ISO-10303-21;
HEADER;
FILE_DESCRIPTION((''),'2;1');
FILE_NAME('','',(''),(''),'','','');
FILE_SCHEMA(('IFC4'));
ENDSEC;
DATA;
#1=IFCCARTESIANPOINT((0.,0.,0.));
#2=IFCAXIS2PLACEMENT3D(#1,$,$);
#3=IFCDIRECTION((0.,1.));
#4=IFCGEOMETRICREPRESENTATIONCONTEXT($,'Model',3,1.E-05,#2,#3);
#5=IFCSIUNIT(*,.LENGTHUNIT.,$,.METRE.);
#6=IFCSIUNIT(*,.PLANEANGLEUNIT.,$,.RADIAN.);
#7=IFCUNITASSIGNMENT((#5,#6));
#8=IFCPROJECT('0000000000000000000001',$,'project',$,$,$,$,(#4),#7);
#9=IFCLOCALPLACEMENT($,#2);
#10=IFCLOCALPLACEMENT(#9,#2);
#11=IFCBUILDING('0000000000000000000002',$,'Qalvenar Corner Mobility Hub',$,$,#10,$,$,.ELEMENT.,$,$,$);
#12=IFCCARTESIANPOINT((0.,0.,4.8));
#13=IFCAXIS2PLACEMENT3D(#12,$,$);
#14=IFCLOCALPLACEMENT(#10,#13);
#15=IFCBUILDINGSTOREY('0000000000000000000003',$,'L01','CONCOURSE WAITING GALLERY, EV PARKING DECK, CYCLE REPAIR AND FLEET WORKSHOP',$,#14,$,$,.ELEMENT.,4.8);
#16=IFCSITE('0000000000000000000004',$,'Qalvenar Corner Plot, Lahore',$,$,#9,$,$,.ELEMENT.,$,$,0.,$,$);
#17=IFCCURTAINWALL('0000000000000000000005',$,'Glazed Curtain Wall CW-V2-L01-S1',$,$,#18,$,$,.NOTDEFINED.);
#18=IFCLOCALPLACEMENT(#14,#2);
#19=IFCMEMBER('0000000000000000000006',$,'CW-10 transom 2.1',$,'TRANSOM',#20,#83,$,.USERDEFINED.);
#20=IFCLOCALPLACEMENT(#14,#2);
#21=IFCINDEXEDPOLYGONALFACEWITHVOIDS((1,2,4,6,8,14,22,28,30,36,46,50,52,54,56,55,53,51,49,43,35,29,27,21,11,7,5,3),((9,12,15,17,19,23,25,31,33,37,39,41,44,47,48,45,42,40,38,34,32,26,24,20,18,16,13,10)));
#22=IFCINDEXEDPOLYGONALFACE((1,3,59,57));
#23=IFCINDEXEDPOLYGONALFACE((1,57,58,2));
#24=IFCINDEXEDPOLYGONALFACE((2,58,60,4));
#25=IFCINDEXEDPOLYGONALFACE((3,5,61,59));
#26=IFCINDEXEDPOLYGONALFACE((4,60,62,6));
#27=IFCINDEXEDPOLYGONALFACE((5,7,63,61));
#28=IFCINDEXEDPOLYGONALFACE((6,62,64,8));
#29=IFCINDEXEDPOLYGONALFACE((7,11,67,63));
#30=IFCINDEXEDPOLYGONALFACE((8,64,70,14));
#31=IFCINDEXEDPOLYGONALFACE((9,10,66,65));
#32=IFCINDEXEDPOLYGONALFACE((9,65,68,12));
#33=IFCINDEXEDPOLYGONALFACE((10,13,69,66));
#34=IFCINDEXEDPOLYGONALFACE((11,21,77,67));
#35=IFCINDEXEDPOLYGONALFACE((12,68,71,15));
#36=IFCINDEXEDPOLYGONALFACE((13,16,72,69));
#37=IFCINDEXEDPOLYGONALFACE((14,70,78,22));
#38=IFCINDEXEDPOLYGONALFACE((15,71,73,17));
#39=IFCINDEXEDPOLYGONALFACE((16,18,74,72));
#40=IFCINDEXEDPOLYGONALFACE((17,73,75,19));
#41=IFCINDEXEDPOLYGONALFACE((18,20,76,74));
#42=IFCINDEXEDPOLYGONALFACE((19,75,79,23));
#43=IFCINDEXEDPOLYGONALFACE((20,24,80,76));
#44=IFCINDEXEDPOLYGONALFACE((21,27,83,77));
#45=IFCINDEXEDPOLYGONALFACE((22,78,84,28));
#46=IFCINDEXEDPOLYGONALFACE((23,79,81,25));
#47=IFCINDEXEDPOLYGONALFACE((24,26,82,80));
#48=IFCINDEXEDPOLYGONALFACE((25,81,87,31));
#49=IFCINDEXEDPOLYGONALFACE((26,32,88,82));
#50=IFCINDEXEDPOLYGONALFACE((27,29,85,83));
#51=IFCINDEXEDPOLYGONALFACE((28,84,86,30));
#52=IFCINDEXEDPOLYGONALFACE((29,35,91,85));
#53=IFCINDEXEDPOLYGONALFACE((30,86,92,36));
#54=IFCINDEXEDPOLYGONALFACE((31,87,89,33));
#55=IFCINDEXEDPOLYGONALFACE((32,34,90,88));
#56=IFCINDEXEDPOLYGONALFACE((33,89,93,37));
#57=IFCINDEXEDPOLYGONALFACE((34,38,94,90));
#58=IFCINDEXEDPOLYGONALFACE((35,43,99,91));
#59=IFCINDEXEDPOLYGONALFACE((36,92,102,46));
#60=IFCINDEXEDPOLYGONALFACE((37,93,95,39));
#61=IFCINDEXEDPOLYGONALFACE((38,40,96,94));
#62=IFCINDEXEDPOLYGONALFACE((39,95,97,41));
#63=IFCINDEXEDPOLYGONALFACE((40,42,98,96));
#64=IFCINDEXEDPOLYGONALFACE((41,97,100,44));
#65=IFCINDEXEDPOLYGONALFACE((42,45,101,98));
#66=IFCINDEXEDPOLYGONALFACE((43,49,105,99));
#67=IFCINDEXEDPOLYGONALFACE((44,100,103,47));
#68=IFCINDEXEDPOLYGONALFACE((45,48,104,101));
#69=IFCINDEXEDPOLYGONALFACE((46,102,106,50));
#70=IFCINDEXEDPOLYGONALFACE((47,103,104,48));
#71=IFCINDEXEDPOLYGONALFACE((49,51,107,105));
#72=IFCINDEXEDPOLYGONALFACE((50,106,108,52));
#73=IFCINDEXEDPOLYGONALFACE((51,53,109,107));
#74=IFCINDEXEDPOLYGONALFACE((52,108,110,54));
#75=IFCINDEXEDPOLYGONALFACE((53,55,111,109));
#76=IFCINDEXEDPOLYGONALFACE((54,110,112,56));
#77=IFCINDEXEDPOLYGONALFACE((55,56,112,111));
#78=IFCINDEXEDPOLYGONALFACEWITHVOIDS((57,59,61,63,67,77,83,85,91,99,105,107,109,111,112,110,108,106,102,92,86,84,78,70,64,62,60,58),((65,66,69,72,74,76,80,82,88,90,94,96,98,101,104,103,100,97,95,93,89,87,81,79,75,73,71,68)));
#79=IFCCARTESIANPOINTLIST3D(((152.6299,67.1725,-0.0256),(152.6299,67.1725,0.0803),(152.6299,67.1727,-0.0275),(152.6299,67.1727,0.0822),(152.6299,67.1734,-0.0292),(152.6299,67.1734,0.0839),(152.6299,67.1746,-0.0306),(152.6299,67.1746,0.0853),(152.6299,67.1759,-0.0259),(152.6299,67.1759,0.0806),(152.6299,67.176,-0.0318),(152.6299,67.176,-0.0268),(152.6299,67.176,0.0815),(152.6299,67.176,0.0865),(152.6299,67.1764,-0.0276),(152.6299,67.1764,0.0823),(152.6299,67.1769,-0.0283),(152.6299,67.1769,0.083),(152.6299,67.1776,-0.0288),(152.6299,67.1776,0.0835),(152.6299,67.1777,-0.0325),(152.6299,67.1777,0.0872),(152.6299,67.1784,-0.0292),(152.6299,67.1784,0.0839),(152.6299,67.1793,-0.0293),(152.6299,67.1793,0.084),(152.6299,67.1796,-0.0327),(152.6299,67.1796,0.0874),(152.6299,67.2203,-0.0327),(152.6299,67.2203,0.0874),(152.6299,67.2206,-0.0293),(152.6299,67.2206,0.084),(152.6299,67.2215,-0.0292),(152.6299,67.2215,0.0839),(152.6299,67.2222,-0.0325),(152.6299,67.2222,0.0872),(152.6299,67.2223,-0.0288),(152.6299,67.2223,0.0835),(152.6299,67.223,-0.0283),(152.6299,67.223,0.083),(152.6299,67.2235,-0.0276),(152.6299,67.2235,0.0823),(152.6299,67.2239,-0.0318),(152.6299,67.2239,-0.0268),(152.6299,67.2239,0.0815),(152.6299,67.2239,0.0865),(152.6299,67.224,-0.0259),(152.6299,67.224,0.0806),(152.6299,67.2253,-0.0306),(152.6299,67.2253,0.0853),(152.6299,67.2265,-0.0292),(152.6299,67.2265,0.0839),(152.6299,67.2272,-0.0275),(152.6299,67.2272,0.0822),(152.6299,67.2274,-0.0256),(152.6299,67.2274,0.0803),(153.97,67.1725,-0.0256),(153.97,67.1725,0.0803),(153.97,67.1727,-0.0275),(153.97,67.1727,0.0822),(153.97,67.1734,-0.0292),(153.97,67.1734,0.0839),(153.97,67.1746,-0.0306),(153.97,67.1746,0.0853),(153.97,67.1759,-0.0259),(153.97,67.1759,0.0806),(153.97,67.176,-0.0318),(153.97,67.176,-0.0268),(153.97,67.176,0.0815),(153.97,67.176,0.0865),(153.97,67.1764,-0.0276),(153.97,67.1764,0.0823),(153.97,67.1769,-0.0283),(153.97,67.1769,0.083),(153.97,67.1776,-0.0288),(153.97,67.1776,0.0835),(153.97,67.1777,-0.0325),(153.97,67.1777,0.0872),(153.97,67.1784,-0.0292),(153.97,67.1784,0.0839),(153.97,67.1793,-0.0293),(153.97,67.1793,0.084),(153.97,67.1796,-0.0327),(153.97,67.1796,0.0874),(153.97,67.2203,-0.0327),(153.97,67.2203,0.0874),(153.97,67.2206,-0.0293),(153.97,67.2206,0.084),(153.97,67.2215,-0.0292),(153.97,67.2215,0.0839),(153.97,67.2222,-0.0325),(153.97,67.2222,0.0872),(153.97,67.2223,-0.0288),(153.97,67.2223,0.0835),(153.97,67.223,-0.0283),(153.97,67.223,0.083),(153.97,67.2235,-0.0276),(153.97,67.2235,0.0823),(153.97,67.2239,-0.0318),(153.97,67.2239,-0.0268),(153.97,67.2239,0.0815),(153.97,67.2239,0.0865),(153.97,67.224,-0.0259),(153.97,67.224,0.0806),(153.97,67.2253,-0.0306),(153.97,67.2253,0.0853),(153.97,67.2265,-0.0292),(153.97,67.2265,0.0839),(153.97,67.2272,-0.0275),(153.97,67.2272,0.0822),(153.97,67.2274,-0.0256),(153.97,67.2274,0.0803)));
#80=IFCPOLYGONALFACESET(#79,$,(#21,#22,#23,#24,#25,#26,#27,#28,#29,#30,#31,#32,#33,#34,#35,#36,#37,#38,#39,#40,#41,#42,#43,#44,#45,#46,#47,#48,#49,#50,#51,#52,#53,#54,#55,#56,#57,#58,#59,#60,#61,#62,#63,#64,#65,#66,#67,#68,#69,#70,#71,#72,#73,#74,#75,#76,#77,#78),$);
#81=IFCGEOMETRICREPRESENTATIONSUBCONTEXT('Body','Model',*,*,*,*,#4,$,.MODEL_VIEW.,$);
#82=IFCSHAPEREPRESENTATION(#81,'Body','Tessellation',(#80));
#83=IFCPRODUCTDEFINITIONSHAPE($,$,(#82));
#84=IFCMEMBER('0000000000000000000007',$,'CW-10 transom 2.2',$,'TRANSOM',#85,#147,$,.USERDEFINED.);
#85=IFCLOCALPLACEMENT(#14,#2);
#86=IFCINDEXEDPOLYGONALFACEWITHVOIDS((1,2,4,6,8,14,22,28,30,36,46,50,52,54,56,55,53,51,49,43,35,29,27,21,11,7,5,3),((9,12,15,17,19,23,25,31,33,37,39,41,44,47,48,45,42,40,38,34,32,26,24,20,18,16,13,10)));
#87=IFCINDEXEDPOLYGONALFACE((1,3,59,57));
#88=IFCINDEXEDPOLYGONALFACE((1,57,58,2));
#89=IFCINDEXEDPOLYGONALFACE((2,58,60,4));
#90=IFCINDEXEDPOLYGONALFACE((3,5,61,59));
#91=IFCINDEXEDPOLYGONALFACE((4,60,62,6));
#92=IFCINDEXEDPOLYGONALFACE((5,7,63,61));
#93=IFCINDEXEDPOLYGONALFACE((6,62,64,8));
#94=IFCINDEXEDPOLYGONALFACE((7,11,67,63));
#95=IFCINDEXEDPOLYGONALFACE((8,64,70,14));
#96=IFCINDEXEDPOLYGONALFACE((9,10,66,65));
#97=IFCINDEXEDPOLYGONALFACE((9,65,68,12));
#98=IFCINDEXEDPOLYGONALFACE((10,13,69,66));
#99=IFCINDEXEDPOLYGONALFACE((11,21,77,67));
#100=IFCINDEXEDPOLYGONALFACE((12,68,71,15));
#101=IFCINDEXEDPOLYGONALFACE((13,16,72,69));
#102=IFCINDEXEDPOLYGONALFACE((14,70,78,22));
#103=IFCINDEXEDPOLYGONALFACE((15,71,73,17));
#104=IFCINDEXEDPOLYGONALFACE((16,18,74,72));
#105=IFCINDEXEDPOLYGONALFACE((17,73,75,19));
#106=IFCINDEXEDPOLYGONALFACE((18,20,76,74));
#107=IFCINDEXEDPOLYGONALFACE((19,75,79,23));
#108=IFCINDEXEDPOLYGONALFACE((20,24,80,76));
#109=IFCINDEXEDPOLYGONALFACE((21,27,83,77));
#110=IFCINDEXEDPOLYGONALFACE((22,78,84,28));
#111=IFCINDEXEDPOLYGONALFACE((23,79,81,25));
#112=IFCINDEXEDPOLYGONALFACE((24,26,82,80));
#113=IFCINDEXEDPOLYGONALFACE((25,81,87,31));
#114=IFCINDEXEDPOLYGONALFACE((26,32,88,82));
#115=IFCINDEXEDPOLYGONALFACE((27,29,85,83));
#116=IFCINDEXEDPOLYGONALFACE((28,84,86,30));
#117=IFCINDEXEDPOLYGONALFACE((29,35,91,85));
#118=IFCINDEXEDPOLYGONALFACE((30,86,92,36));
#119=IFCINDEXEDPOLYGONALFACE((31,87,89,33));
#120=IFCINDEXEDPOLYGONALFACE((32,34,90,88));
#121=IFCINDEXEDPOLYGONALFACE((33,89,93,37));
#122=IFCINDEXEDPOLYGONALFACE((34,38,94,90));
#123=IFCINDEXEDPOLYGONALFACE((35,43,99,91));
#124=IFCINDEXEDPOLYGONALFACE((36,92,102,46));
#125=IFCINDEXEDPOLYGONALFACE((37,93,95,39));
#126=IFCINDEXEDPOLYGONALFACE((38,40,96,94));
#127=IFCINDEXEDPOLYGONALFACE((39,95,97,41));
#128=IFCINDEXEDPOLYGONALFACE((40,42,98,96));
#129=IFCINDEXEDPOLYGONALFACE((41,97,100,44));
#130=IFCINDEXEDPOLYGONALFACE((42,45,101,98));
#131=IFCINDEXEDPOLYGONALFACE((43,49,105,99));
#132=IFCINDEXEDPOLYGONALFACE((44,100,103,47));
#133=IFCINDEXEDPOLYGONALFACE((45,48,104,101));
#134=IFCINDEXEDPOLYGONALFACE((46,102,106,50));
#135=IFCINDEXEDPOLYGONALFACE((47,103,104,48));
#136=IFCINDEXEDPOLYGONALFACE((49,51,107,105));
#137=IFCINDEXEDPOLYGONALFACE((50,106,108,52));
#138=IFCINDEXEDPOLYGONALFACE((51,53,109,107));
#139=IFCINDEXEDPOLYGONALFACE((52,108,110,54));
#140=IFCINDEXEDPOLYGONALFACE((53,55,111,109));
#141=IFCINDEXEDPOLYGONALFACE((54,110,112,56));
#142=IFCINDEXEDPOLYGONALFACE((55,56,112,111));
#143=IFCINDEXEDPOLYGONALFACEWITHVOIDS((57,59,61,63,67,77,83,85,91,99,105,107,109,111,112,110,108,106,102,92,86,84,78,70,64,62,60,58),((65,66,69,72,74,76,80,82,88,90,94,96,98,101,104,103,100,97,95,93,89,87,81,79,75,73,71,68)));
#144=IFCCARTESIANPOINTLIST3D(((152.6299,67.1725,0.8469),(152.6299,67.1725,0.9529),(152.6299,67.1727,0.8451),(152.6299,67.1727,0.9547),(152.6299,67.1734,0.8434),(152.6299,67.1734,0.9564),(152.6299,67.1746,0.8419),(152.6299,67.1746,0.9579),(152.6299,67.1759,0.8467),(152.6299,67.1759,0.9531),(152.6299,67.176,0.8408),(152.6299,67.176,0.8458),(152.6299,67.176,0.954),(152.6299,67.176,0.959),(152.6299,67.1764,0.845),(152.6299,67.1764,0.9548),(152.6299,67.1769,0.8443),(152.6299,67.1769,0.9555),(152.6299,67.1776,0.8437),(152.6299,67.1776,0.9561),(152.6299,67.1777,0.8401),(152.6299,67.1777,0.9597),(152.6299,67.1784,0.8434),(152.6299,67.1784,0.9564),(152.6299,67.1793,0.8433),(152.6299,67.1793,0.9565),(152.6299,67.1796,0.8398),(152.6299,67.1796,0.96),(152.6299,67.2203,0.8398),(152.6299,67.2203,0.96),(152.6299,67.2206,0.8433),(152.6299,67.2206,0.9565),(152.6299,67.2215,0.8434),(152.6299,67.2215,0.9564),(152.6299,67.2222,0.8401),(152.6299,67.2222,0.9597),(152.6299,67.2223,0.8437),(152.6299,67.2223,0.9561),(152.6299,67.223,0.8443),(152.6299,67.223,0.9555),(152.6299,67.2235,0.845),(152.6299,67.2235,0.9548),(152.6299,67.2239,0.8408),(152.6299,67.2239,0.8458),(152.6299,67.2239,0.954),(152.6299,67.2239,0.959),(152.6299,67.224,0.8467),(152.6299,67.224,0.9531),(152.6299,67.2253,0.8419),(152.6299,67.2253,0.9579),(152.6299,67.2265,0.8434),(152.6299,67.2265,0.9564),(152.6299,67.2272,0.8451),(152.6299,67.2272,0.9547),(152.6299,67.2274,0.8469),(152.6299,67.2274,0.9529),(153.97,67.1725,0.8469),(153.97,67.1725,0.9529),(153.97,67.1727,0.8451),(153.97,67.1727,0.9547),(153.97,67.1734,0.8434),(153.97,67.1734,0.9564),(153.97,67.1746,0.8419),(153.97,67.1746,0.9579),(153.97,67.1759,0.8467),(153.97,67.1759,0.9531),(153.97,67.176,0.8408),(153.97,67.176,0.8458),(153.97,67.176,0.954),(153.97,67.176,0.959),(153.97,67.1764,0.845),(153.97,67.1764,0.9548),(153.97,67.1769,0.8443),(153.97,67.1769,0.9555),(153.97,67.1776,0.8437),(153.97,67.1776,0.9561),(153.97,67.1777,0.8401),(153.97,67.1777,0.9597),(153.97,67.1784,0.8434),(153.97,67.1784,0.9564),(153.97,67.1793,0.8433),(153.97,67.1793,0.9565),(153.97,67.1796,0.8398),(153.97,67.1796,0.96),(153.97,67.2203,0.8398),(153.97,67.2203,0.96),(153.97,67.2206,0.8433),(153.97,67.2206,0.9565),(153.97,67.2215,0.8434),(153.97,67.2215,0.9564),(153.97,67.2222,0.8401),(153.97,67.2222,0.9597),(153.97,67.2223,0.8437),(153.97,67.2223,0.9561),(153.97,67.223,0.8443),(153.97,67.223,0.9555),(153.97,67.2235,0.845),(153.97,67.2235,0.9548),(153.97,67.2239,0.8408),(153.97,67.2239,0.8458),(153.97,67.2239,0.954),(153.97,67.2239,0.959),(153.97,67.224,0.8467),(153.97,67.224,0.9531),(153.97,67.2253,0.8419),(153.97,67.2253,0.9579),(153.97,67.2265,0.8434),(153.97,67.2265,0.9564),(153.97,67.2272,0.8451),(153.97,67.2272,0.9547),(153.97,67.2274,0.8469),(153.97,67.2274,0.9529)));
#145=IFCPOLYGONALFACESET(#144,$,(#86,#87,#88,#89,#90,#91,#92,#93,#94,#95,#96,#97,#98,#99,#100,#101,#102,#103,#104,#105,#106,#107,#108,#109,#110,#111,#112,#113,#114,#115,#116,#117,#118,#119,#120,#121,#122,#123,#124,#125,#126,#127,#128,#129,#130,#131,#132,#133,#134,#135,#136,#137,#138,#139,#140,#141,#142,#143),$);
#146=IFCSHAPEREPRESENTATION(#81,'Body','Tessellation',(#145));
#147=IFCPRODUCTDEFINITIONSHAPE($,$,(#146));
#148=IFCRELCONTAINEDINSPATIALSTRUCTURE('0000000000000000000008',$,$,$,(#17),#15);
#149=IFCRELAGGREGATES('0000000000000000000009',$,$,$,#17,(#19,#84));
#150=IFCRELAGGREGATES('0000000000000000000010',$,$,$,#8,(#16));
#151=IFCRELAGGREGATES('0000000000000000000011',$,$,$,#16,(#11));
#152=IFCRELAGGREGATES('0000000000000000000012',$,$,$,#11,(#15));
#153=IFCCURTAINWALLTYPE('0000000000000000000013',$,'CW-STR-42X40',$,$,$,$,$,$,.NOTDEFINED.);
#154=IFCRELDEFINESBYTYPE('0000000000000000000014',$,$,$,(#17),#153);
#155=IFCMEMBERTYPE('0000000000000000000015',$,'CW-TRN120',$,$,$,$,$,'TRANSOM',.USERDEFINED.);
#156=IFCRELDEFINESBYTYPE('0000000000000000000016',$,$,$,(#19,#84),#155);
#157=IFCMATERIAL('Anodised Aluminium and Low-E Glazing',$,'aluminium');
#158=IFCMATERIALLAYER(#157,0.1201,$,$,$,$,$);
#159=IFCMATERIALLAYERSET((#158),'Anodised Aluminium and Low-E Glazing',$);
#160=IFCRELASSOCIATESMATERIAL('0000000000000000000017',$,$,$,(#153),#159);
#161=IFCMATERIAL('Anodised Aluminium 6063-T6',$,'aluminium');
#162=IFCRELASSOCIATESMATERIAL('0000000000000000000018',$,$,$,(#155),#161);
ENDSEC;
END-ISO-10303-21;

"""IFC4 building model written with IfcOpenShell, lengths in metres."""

from ifc_helpers import new_model, si_unit, direction, frame, origin, origin_2d, place, context, subcontext, project, spatial, hollow_rectangle, extrude, material, layer, layer_set, material_profile, profile_set, type_object, element, aggregate, save


model = new_model("IFC4")

# Units and contexts
model_context = context("Model", 3, precision=1e-05, world=origin(), true_north=direction((0.0, 1.0)))
body_context = subcontext(model_context, "Body", "Model", "MODEL_VIEW")
ifc_project = project(units=[si_unit("LENGTHUNIT", "METRE"), si_unit("PLANEANGLEUNIT", "RADIAN")], contexts=[model_context])

# Site, building, storey
site_placement = place(None, origin())
site = spatial("IfcSite", under=ifc_project, at=site_placement, Name="Qalvenar Corner Plot, Lahore", CompositionType="ELEMENT", RefElevation=0.0)
building_placement = place(site_placement, origin())
building = spatial("IfcBuilding", under=site, at=building_placement, Name="Qalvenar Corner Mobility Hub", CompositionType="ELEMENT")
storey_placement = place(building_placement, frame((0.0, 0.0, 4.8)))
storey = spatial("IfcBuildingStorey", under=building, at=storey_placement, Name="L01", Description="CONCOURSE WAITING GALLERY, EV PARKING DECK, CYCLE REPAIR AND FLEET WORKSHOP", CompositionType="ELEMENT", Elevation=4.8)

# Curtain wall, members
ifc_material_1 = material(Name="Anodised Aluminium and Low-E Glazing", Category="aluminium")
ifc_layer_1 = layer(ifc_material_1, 0.1201)
ifc_layer_set_1 = layer_set([ifc_layer_1], Name="Anodised Aluminium and Low-E Glazing")
curtain_wall_type = type_object("IfcCurtainWallType", Name="CW-STR-42X40", PredefinedType="NOTDEFINED", material=ifc_layer_set_1)
curtain_wall_placement = place(storey_placement, origin())
curtain_wall = element("IfcCurtainWall", 1, at=curtain_wall_placement, inside=storey, type_object=curtain_wall_type, Name="Glazed Curtain Wall CW-V2-L01-S1", PredefinedType="NOTDEFINED")
ifc_material_2 = material(Name="Anodised Aluminium 6063-T6", Category="aluminium")
ifc_material_profile_1 = material_profile(ifc_material_2, hollow_rectangle(XDim=0.0549, YDim=0.1201, WallThickness=0.0034, InnerFilletRadius=0.0034, OuterFilletRadius=0.0071, at=origin_2d()), Name="RHS120x55x3.5")
ifc_profile_set_1 = profile_set([ifc_material_profile_1], Name="Anodised Aluminium 6063-T6")
member_type_1 = type_object("IfcMemberType", Name="CW-TRN120", ElementType="TRANSOM", PredefinedType="USERDEFINED", material=ifc_profile_set_1)
member_1_placement = place(storey_placement, frame((152.6299, 67.2, 0.0273), z_axis=(1.0, 0.0, 0.0), x_axis=(0.0, 1.0, 0.0)))
member_1 = element("IfcMember", 2, at=member_1_placement, type_object=member_type_1, Name="CW-10 transom 2.1", ObjectType="TRANSOM", PredefinedType="USERDEFINED", context=body_context, shape_type="SweptSolid", body=[
    extrude(hollow_rectangle(XDim=0.0549, YDim=0.1201, WallThickness=0.0034, InnerFilletRadius=0.0034, OuterFilletRadius=0.0071, at=origin_2d()), origin(), (0.0, 0.0, 1.0), 1.3401),
])
member_2_placement = place(storey_placement, frame((152.6299, 67.2, 0.8999), z_axis=(1.0, 0.0, 0.0), x_axis=(0.0, 1.0, 0.0)))
member_2 = element("IfcMember", 3, at=member_2_placement, type_object=member_type_1, Name="CW-10 transom 2.2", ObjectType="TRANSOM", PredefinedType="USERDEFINED", context=body_context, shape_type="SweptSolid", body=[
    extrude(hollow_rectangle(XDim=0.0549, YDim=0.1201, WallThickness=0.0034, InnerFilletRadius=0.0034, OuterFilletRadius=0.0071, at=origin_2d()), origin(), (0.0, 0.0, 1.0), 1.3401),
])
aggregate(curtain_wall, [member_1, member_2])

save(model, "model.ifc")
